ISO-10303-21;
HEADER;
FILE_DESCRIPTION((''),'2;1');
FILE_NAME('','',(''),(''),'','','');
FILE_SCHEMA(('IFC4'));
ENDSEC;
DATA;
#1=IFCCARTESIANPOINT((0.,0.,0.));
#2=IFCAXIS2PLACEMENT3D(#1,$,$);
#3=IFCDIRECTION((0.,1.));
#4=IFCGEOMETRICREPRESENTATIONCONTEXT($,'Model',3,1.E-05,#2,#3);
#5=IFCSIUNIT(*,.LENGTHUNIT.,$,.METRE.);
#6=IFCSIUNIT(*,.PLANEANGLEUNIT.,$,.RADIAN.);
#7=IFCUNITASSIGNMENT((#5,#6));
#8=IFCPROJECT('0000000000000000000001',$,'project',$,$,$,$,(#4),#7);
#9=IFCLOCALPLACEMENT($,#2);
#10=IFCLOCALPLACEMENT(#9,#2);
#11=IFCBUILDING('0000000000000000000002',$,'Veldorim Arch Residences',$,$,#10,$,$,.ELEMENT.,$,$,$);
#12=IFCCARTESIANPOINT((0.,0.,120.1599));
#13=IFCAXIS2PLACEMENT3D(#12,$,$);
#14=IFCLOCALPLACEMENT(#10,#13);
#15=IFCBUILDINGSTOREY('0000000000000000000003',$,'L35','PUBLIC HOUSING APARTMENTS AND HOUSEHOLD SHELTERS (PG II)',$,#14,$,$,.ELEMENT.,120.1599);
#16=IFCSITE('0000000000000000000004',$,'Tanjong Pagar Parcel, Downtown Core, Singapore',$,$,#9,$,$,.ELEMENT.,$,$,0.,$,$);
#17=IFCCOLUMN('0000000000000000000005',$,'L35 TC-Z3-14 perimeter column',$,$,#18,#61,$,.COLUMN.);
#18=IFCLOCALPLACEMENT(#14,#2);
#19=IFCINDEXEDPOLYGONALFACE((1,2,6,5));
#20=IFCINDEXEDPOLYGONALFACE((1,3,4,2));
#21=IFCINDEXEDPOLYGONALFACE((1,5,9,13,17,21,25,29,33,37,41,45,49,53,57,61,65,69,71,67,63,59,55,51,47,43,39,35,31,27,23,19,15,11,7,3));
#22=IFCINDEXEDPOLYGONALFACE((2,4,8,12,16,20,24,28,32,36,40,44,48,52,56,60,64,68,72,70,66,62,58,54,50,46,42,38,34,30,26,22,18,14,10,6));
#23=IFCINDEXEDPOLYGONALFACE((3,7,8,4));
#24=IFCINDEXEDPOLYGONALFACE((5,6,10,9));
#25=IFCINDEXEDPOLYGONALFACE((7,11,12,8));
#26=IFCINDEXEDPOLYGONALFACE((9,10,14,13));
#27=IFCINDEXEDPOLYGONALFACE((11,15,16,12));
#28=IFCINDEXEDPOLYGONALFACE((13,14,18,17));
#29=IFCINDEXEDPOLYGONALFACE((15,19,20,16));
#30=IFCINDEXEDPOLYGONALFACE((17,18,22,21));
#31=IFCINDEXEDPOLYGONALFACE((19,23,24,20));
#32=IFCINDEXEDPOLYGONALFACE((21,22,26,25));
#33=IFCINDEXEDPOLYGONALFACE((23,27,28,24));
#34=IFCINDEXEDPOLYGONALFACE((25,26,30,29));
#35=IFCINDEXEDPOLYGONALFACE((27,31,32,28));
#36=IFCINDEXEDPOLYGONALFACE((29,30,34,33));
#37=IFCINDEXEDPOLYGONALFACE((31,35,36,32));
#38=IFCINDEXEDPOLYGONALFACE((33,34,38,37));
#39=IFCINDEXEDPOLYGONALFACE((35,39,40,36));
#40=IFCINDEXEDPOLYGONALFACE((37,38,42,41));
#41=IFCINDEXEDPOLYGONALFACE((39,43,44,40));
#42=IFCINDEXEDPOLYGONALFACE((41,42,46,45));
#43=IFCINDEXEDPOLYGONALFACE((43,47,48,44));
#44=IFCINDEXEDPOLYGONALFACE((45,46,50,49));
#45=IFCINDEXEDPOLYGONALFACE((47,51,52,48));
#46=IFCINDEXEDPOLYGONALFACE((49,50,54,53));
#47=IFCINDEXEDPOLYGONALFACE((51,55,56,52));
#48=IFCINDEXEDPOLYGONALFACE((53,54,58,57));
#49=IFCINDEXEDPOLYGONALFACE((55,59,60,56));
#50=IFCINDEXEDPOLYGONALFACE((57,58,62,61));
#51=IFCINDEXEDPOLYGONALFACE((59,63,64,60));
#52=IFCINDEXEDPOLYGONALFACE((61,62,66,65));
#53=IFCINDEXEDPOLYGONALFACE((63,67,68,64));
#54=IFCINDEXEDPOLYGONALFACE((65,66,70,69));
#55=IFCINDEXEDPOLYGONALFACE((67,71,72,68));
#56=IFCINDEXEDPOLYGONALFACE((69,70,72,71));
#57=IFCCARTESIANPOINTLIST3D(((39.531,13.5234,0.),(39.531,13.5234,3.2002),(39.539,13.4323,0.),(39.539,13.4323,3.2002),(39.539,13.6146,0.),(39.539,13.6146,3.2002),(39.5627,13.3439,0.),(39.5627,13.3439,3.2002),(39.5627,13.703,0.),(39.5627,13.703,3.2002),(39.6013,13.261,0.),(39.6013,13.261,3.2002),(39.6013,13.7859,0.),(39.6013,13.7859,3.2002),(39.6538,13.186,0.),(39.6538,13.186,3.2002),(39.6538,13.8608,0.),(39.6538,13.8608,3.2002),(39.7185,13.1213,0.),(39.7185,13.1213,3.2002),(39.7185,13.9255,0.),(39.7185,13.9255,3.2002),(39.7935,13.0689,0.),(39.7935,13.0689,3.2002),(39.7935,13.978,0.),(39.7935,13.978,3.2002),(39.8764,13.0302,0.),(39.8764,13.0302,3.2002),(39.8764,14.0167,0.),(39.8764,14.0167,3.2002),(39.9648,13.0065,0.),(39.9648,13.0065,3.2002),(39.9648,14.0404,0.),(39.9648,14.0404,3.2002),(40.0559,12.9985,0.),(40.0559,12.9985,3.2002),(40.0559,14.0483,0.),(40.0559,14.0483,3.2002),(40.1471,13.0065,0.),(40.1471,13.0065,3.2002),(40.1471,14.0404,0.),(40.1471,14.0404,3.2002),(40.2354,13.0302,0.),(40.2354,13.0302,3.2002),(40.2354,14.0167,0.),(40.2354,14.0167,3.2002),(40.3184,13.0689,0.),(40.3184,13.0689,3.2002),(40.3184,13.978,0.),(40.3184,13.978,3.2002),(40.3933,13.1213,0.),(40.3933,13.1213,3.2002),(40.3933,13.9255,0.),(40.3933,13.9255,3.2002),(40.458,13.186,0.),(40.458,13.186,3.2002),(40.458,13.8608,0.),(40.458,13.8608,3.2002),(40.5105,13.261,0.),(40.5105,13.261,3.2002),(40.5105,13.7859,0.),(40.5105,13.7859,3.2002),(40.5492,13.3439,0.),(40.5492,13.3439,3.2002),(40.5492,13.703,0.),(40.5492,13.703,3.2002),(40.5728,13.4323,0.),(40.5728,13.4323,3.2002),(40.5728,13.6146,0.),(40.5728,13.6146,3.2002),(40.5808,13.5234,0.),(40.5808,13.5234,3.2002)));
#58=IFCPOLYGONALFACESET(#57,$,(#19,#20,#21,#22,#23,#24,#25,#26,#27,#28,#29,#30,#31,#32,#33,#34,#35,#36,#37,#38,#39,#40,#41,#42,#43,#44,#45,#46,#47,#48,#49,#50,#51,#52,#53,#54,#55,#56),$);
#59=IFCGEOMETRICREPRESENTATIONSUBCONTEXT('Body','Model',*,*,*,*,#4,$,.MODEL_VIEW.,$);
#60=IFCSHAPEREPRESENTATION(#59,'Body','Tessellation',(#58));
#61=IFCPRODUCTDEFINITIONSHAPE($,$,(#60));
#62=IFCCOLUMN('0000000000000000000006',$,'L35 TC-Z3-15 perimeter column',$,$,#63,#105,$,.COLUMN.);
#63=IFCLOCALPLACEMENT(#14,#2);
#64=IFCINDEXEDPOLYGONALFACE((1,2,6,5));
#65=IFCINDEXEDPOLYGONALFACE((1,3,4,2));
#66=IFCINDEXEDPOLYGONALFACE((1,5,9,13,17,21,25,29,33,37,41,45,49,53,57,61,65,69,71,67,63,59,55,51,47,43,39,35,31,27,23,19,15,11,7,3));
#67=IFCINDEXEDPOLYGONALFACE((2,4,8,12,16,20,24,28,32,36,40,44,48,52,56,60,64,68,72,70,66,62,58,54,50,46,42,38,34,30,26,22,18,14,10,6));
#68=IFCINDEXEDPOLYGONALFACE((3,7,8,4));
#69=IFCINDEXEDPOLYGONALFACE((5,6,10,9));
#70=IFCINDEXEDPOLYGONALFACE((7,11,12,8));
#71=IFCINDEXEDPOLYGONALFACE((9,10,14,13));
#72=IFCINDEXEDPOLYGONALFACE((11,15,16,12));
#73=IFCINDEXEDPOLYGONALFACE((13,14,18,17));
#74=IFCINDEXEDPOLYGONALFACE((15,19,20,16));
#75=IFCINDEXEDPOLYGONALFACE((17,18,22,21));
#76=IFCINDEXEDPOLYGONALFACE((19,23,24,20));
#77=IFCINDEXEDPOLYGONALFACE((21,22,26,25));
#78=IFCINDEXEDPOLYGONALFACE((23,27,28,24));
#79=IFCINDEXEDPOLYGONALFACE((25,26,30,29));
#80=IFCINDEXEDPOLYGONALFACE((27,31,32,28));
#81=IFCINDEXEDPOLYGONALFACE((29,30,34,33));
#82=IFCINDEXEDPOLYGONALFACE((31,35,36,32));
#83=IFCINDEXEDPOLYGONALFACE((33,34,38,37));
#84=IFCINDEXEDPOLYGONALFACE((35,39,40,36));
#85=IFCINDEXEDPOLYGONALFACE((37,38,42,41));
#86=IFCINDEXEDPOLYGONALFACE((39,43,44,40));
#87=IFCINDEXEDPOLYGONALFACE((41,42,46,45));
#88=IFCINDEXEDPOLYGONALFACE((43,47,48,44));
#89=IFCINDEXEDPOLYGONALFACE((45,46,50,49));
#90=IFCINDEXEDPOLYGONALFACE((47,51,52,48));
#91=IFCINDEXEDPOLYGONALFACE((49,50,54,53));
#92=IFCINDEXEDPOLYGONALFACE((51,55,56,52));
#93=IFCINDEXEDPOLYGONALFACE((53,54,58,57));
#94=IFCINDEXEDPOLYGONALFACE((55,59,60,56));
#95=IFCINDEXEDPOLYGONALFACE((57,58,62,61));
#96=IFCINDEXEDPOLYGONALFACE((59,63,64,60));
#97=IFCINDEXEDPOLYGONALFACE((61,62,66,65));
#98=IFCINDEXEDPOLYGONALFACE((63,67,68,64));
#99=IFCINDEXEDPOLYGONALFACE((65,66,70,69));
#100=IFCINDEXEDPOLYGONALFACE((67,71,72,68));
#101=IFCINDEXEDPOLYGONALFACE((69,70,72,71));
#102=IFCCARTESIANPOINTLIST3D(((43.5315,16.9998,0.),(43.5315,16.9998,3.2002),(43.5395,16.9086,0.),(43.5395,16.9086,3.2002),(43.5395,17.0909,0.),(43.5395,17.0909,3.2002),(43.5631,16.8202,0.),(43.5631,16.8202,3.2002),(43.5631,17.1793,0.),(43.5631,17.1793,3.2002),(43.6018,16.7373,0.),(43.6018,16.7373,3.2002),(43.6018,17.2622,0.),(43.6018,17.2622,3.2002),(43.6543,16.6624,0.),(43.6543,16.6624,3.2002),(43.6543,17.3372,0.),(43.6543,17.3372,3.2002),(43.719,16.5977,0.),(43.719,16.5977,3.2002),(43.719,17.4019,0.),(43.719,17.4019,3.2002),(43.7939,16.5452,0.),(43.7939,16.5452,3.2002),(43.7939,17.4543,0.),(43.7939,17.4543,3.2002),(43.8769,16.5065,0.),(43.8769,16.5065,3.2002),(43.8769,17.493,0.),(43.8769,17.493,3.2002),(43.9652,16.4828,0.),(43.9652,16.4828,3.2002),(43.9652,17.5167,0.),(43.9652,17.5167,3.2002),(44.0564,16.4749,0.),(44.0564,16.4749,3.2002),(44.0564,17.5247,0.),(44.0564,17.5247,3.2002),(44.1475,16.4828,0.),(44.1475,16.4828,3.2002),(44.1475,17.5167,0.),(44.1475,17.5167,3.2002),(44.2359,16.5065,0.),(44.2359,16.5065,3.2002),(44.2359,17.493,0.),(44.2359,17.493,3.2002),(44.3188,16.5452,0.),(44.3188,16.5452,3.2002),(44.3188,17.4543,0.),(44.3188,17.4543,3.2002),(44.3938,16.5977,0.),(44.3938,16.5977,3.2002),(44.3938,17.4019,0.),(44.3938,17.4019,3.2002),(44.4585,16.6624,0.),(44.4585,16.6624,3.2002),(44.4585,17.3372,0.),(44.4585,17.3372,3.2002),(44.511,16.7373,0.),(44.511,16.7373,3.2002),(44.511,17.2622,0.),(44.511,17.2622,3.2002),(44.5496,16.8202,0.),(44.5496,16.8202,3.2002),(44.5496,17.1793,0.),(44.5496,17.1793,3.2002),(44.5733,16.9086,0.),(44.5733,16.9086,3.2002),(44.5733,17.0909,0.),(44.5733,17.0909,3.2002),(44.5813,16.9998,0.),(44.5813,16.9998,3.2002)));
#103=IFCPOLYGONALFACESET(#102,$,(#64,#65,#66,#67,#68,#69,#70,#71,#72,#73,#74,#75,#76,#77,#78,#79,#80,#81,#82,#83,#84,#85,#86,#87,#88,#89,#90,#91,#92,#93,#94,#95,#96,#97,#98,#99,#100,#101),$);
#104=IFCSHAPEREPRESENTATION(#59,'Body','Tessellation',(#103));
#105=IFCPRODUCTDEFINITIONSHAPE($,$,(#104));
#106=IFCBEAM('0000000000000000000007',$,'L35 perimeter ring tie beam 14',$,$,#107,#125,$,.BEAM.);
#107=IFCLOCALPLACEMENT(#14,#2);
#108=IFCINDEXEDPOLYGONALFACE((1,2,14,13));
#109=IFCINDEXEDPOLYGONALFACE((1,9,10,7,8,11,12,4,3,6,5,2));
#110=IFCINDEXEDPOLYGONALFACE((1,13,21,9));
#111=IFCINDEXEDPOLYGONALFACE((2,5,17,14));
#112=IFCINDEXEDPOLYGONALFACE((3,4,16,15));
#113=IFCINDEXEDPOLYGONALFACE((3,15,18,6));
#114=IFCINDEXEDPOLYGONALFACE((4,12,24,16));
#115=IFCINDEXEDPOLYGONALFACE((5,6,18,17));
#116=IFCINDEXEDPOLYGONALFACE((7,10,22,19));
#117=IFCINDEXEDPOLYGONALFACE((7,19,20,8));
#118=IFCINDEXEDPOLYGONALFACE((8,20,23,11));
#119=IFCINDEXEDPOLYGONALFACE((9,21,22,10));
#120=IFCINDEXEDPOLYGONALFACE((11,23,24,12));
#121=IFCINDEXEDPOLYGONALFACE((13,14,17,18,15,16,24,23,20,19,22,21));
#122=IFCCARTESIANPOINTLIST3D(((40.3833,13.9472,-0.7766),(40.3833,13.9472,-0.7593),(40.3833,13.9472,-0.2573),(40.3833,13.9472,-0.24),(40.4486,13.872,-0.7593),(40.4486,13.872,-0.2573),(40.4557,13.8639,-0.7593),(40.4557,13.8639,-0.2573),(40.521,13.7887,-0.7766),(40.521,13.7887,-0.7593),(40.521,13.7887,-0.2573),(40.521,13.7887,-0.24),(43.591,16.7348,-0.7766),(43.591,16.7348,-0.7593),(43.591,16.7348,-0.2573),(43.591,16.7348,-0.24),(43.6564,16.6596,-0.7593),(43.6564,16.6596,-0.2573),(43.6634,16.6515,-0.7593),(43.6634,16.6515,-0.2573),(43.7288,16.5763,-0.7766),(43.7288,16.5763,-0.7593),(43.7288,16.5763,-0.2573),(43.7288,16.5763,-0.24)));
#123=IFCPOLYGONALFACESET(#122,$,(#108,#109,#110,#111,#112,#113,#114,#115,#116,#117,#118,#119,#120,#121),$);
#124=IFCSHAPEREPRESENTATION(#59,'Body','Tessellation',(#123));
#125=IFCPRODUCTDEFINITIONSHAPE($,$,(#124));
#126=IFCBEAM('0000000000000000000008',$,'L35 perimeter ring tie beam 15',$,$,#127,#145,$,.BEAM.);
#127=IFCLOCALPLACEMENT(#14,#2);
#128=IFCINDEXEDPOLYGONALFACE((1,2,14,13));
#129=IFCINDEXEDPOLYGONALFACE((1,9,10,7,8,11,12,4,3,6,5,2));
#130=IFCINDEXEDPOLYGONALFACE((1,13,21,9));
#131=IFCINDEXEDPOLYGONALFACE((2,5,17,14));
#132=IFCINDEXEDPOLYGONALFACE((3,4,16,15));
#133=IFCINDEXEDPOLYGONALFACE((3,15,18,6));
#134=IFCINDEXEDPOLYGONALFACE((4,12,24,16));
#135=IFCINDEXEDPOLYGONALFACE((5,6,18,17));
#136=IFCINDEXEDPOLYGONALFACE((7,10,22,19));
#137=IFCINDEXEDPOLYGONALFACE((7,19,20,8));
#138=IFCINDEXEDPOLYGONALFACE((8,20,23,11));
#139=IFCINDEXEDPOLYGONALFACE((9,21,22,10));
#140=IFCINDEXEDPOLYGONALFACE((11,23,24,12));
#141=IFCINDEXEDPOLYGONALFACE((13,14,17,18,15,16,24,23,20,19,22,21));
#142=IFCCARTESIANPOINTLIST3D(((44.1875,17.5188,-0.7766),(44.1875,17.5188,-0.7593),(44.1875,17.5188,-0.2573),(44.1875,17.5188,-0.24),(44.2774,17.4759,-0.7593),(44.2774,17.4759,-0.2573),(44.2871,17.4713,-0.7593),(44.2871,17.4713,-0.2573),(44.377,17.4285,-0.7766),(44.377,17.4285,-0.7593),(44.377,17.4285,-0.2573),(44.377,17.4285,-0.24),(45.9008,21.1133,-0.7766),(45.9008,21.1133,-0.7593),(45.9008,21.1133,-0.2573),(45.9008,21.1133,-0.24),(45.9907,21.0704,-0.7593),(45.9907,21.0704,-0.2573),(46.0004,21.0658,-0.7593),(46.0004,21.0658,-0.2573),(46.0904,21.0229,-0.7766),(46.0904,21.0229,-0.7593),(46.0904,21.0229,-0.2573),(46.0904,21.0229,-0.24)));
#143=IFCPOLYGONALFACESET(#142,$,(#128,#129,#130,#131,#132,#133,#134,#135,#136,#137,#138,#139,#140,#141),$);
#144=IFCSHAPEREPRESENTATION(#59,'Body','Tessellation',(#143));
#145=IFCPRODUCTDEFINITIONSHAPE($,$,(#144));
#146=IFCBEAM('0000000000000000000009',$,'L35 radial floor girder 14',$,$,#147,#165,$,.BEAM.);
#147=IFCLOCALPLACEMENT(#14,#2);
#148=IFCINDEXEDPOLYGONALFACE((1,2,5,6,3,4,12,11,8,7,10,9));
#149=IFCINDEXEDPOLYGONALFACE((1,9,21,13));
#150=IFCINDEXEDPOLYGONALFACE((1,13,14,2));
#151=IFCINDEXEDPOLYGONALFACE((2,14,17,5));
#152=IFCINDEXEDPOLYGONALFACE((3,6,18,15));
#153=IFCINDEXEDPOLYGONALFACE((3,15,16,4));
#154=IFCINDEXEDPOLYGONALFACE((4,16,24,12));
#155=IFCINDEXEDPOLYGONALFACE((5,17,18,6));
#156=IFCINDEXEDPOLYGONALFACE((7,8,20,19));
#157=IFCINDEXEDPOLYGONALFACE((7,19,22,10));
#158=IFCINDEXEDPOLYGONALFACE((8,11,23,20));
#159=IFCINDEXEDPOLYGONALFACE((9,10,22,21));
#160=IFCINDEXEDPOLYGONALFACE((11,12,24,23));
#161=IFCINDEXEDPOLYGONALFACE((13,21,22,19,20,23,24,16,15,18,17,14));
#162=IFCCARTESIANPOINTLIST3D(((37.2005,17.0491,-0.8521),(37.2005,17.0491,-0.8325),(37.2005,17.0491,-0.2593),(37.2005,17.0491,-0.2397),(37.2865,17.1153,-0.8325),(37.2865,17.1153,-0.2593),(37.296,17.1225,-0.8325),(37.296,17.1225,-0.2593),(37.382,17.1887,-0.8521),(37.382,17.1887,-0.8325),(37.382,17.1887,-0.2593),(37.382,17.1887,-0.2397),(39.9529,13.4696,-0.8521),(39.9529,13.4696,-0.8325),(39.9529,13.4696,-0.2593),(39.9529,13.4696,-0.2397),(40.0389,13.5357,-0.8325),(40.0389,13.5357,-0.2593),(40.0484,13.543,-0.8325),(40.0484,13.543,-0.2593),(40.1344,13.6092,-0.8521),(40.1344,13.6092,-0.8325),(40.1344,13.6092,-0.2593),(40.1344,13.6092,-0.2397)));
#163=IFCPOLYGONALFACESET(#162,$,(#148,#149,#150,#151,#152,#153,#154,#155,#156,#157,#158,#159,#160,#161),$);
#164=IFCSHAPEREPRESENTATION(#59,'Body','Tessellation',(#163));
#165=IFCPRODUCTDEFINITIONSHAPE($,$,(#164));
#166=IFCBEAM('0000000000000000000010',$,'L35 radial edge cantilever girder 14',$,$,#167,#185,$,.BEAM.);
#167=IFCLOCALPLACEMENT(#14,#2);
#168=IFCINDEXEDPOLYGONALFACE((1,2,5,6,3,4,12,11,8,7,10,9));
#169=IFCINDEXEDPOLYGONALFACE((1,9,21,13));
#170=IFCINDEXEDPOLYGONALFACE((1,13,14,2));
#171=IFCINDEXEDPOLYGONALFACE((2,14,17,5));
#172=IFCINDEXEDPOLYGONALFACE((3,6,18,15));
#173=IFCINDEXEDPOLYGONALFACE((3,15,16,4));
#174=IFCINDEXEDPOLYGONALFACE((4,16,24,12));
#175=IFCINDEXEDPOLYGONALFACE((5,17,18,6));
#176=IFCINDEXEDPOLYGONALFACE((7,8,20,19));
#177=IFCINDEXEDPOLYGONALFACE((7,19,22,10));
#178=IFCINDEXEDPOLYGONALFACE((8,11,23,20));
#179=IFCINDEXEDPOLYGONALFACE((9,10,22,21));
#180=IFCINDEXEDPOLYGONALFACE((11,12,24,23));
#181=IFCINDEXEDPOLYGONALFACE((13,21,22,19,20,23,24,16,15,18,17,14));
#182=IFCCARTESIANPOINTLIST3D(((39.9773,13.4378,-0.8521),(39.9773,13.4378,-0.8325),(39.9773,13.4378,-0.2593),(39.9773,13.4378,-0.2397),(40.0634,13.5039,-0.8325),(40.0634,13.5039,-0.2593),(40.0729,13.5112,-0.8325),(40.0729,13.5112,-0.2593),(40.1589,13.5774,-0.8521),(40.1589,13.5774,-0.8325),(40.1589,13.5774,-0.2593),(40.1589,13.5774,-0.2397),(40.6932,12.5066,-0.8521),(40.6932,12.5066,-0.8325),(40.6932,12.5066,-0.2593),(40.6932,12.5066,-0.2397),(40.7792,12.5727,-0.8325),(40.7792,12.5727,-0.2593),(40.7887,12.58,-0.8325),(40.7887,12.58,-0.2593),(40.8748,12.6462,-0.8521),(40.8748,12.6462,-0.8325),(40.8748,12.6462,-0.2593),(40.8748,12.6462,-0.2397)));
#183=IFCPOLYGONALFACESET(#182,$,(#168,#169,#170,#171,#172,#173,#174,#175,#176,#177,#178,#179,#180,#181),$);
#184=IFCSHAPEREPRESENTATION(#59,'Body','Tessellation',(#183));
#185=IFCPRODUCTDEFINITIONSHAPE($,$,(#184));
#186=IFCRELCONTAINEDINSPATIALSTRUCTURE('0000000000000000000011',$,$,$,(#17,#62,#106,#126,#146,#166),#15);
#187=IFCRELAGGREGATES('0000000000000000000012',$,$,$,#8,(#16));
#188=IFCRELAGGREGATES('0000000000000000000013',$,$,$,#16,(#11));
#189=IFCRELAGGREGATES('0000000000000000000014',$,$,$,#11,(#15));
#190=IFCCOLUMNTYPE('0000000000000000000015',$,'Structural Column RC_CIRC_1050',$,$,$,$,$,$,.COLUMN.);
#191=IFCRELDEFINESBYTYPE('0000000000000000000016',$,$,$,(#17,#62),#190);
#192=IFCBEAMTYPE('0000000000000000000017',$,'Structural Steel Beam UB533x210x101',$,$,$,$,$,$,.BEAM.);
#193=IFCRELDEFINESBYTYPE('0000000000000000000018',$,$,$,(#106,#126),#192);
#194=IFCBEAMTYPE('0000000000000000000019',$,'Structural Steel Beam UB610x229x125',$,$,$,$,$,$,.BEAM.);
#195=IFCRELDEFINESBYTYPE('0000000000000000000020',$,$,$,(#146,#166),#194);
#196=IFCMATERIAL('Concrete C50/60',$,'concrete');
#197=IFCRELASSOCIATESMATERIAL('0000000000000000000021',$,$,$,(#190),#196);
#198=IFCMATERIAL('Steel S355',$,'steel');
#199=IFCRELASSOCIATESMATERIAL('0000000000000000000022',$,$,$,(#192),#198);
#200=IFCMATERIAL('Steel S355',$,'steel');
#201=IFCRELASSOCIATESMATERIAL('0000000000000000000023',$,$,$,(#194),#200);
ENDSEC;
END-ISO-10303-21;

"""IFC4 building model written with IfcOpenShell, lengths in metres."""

from ifc_helpers import new_model, si_unit, direction, frame, origin, origin_2d, place, context, subcontext, project, spatial, circle, i_section, extrude, material, material_profile, profile_set, type_object, element, save


model = new_model("IFC4")

# Units and contexts
model_context = context("Model", 3, precision=1e-05, world=origin(), true_north=direction((0.0, 1.0)))
body_context = subcontext(model_context, "Body", "Model", "MODEL_VIEW")
ifc_project = project(units=[si_unit("LENGTHUNIT", "METRE"), si_unit("PLANEANGLEUNIT", "RADIAN")], contexts=[model_context])

# Site, building, storey
site_placement = place(None, origin())
site = spatial("IfcSite", under=ifc_project, at=site_placement, Name="Tanjong Pagar Parcel, Downtown Core, Singapore", CompositionType="ELEMENT", RefElevation=0.0)
building_placement = place(site_placement, origin())
building = spatial("IfcBuilding", under=site, at=building_placement, Name="Veldorim Arch Residences", CompositionType="ELEMENT")
storey_placement = place(building_placement, frame((0.0, 0.0, 120.1599)))
storey = spatial("IfcBuildingStorey", under=building, at=storey_placement, Name="L35", Description="PUBLIC HOUSING APARTMENTS AND HOUSEHOLD SHELTERS (PG II)", CompositionType="ELEMENT", Elevation=120.1599)

# Columns
ifc_material_1 = material(Name="Concrete C50/60", Category="concrete")
ifc_material_profile_1 = material_profile(ifc_material_1, circle(Radius=0.5249, at=origin_2d()), Name="RC_CIRC_1050")
ifc_profile_set_1 = profile_set([ifc_material_profile_1], Name="Concrete C50/60")
column_type = type_object("IfcColumnType", Name="Structural Column RC_CIRC_1050", PredefinedType="COLUMN", material=ifc_profile_set_1)
for number, where, z_axis, x_axis, name in (
    (1, (40.0559, 13.5234, 0.0), (0.0, 0.0, 1.0), (1.0, 0.0, 0.0), "L35 TC-Z3-14 perimeter column"),
    (2, (44.0564, 16.9998, 0.0), (0.0, 0.0, 1.0), (1.0, 0.0, 0.0), "L35 TC-Z3-15 perimeter column"),
):
    element("IfcColumn", number, at=place(storey_placement, frame(where, z_axis=z_axis, x_axis=x_axis)), inside=storey, type_object=column_type, Name=name, PredefinedType="COLUMN", context=body_context, shape_type="SweptSolid", body=[
        extrude(circle(Radius=0.5249, at=origin_2d()), origin(), (0.0, 0.0, 1.0), 3.2002),
    ])

# Beams
ifc_material_2 = material(Name="Steel S355", Category="steel")
ifc_material_profile_2 = material_profile(ifc_material_2, i_section(OverallWidth=0.21, OverallDepth=0.5366, WebThickness=0.0107, FlangeThickness=0.0173, at=origin_2d()), Name="UB533x210x101")
ifc_profile_set_2 = profile_set([ifc_material_profile_2], Name="Steel S355")
beam_type_1 = type_object("IfcBeamType", Name="Structural Steel Beam UB533x210x101", PredefinedType="BEAM", material=ifc_profile_set_2)
beam_1_placement = place(storey_placement, frame((40.4521, 13.8679, -0.5083), z_axis=(0.754811, 0.655943, 0.0), x_axis=(-0.655943, 0.754811, 0.0)))
element("IfcBeam", 3, at=beam_1_placement, inside=storey, type_object=beam_type_1, Name="L35 perimeter ring tie beam 14", PredefinedType="BEAM", context=body_context, shape_type="SweptSolid", body=[
    extrude(i_section(OverallWidth=0.21, OverallDepth=0.5366, WebThickness=0.0107, FlangeThickness=0.0173, at=origin_2d()), origin(), (0.0, 0.0, 1.0), 4.2498),
])
beam_2_placement = place(storey_placement, frame((44.2822, 17.4736, -0.5083), z_axis=(0.430286, 0.902693, 0.0), x_axis=(-0.902693, 0.430286, 0.0)))
element("IfcBeam", 4, at=beam_2_placement, inside=storey, type_object=beam_type_1, Name="L35 perimeter ring tie beam 15", PredefinedType="BEAM", context=body_context, shape_type="SweptSolid", body=[
    extrude(i_section(OverallWidth=0.21, OverallDepth=0.5366, WebThickness=0.0107, FlangeThickness=0.0173, at=origin_2d()), origin(), (0.0, 0.0, 1.0), 3.9819),
])
ifc_material_3 = material(Name="Steel S355", Category="steel")
ifc_material_profile_3 = material_profile(ifc_material_3, i_section(OverallWidth=0.229, OverallDepth=0.6123, WebThickness=0.012, FlangeThickness=0.0195, at=origin_2d()), Name="UB610x229x125")
ifc_profile_set_3 = profile_set([ifc_material_profile_3], Name="Steel S355")
beam_type_2 = type_object("IfcBeamType", Name="Structural Steel Beam UB610x229x125", PredefinedType="BEAM", material=ifc_profile_set_3)
beam_3_placement = place(storey_placement, frame((37.2913, 17.1189, -0.5459), z_axis=(0.609559, -0.792741, 0.0), x_axis=(0.792741, 0.609559, 0.0)))
element("IfcBeam", 5, at=beam_3_placement, inside=storey, type_object=beam_type_2, Name="L35 radial floor girder 14", PredefinedType="BEAM", context=body_context, shape_type="SweptSolid", body=[
    extrude(i_section(OverallWidth=0.229, OverallDepth=0.6123, WebThickness=0.012, FlangeThickness=0.0195, at=origin_2d()), origin(), (0.0, 0.0, 1.0), 4.5154),
])
beam_4_placement = place(storey_placement, frame((40.0681, 13.5076, -0.5459), z_axis=(0.60947, -0.792809, 0.0), x_axis=(0.792809, 0.60947, 0.0)))
element("IfcBeam", 6, at=beam_4_placement, inside=storey, type_object=beam_type_2, Name="L35 radial edge cantilever girder 14", PredefinedType="BEAM", context=body_context, shape_type="SweptSolid", body=[
    extrude(i_section(OverallWidth=0.229, OverallDepth=0.6123, WebThickness=0.012, FlangeThickness=0.0195, at=origin_2d()), origin(), (0.0, 0.0, 1.0), 1.1746),
])

save(model, "model.ifc")
